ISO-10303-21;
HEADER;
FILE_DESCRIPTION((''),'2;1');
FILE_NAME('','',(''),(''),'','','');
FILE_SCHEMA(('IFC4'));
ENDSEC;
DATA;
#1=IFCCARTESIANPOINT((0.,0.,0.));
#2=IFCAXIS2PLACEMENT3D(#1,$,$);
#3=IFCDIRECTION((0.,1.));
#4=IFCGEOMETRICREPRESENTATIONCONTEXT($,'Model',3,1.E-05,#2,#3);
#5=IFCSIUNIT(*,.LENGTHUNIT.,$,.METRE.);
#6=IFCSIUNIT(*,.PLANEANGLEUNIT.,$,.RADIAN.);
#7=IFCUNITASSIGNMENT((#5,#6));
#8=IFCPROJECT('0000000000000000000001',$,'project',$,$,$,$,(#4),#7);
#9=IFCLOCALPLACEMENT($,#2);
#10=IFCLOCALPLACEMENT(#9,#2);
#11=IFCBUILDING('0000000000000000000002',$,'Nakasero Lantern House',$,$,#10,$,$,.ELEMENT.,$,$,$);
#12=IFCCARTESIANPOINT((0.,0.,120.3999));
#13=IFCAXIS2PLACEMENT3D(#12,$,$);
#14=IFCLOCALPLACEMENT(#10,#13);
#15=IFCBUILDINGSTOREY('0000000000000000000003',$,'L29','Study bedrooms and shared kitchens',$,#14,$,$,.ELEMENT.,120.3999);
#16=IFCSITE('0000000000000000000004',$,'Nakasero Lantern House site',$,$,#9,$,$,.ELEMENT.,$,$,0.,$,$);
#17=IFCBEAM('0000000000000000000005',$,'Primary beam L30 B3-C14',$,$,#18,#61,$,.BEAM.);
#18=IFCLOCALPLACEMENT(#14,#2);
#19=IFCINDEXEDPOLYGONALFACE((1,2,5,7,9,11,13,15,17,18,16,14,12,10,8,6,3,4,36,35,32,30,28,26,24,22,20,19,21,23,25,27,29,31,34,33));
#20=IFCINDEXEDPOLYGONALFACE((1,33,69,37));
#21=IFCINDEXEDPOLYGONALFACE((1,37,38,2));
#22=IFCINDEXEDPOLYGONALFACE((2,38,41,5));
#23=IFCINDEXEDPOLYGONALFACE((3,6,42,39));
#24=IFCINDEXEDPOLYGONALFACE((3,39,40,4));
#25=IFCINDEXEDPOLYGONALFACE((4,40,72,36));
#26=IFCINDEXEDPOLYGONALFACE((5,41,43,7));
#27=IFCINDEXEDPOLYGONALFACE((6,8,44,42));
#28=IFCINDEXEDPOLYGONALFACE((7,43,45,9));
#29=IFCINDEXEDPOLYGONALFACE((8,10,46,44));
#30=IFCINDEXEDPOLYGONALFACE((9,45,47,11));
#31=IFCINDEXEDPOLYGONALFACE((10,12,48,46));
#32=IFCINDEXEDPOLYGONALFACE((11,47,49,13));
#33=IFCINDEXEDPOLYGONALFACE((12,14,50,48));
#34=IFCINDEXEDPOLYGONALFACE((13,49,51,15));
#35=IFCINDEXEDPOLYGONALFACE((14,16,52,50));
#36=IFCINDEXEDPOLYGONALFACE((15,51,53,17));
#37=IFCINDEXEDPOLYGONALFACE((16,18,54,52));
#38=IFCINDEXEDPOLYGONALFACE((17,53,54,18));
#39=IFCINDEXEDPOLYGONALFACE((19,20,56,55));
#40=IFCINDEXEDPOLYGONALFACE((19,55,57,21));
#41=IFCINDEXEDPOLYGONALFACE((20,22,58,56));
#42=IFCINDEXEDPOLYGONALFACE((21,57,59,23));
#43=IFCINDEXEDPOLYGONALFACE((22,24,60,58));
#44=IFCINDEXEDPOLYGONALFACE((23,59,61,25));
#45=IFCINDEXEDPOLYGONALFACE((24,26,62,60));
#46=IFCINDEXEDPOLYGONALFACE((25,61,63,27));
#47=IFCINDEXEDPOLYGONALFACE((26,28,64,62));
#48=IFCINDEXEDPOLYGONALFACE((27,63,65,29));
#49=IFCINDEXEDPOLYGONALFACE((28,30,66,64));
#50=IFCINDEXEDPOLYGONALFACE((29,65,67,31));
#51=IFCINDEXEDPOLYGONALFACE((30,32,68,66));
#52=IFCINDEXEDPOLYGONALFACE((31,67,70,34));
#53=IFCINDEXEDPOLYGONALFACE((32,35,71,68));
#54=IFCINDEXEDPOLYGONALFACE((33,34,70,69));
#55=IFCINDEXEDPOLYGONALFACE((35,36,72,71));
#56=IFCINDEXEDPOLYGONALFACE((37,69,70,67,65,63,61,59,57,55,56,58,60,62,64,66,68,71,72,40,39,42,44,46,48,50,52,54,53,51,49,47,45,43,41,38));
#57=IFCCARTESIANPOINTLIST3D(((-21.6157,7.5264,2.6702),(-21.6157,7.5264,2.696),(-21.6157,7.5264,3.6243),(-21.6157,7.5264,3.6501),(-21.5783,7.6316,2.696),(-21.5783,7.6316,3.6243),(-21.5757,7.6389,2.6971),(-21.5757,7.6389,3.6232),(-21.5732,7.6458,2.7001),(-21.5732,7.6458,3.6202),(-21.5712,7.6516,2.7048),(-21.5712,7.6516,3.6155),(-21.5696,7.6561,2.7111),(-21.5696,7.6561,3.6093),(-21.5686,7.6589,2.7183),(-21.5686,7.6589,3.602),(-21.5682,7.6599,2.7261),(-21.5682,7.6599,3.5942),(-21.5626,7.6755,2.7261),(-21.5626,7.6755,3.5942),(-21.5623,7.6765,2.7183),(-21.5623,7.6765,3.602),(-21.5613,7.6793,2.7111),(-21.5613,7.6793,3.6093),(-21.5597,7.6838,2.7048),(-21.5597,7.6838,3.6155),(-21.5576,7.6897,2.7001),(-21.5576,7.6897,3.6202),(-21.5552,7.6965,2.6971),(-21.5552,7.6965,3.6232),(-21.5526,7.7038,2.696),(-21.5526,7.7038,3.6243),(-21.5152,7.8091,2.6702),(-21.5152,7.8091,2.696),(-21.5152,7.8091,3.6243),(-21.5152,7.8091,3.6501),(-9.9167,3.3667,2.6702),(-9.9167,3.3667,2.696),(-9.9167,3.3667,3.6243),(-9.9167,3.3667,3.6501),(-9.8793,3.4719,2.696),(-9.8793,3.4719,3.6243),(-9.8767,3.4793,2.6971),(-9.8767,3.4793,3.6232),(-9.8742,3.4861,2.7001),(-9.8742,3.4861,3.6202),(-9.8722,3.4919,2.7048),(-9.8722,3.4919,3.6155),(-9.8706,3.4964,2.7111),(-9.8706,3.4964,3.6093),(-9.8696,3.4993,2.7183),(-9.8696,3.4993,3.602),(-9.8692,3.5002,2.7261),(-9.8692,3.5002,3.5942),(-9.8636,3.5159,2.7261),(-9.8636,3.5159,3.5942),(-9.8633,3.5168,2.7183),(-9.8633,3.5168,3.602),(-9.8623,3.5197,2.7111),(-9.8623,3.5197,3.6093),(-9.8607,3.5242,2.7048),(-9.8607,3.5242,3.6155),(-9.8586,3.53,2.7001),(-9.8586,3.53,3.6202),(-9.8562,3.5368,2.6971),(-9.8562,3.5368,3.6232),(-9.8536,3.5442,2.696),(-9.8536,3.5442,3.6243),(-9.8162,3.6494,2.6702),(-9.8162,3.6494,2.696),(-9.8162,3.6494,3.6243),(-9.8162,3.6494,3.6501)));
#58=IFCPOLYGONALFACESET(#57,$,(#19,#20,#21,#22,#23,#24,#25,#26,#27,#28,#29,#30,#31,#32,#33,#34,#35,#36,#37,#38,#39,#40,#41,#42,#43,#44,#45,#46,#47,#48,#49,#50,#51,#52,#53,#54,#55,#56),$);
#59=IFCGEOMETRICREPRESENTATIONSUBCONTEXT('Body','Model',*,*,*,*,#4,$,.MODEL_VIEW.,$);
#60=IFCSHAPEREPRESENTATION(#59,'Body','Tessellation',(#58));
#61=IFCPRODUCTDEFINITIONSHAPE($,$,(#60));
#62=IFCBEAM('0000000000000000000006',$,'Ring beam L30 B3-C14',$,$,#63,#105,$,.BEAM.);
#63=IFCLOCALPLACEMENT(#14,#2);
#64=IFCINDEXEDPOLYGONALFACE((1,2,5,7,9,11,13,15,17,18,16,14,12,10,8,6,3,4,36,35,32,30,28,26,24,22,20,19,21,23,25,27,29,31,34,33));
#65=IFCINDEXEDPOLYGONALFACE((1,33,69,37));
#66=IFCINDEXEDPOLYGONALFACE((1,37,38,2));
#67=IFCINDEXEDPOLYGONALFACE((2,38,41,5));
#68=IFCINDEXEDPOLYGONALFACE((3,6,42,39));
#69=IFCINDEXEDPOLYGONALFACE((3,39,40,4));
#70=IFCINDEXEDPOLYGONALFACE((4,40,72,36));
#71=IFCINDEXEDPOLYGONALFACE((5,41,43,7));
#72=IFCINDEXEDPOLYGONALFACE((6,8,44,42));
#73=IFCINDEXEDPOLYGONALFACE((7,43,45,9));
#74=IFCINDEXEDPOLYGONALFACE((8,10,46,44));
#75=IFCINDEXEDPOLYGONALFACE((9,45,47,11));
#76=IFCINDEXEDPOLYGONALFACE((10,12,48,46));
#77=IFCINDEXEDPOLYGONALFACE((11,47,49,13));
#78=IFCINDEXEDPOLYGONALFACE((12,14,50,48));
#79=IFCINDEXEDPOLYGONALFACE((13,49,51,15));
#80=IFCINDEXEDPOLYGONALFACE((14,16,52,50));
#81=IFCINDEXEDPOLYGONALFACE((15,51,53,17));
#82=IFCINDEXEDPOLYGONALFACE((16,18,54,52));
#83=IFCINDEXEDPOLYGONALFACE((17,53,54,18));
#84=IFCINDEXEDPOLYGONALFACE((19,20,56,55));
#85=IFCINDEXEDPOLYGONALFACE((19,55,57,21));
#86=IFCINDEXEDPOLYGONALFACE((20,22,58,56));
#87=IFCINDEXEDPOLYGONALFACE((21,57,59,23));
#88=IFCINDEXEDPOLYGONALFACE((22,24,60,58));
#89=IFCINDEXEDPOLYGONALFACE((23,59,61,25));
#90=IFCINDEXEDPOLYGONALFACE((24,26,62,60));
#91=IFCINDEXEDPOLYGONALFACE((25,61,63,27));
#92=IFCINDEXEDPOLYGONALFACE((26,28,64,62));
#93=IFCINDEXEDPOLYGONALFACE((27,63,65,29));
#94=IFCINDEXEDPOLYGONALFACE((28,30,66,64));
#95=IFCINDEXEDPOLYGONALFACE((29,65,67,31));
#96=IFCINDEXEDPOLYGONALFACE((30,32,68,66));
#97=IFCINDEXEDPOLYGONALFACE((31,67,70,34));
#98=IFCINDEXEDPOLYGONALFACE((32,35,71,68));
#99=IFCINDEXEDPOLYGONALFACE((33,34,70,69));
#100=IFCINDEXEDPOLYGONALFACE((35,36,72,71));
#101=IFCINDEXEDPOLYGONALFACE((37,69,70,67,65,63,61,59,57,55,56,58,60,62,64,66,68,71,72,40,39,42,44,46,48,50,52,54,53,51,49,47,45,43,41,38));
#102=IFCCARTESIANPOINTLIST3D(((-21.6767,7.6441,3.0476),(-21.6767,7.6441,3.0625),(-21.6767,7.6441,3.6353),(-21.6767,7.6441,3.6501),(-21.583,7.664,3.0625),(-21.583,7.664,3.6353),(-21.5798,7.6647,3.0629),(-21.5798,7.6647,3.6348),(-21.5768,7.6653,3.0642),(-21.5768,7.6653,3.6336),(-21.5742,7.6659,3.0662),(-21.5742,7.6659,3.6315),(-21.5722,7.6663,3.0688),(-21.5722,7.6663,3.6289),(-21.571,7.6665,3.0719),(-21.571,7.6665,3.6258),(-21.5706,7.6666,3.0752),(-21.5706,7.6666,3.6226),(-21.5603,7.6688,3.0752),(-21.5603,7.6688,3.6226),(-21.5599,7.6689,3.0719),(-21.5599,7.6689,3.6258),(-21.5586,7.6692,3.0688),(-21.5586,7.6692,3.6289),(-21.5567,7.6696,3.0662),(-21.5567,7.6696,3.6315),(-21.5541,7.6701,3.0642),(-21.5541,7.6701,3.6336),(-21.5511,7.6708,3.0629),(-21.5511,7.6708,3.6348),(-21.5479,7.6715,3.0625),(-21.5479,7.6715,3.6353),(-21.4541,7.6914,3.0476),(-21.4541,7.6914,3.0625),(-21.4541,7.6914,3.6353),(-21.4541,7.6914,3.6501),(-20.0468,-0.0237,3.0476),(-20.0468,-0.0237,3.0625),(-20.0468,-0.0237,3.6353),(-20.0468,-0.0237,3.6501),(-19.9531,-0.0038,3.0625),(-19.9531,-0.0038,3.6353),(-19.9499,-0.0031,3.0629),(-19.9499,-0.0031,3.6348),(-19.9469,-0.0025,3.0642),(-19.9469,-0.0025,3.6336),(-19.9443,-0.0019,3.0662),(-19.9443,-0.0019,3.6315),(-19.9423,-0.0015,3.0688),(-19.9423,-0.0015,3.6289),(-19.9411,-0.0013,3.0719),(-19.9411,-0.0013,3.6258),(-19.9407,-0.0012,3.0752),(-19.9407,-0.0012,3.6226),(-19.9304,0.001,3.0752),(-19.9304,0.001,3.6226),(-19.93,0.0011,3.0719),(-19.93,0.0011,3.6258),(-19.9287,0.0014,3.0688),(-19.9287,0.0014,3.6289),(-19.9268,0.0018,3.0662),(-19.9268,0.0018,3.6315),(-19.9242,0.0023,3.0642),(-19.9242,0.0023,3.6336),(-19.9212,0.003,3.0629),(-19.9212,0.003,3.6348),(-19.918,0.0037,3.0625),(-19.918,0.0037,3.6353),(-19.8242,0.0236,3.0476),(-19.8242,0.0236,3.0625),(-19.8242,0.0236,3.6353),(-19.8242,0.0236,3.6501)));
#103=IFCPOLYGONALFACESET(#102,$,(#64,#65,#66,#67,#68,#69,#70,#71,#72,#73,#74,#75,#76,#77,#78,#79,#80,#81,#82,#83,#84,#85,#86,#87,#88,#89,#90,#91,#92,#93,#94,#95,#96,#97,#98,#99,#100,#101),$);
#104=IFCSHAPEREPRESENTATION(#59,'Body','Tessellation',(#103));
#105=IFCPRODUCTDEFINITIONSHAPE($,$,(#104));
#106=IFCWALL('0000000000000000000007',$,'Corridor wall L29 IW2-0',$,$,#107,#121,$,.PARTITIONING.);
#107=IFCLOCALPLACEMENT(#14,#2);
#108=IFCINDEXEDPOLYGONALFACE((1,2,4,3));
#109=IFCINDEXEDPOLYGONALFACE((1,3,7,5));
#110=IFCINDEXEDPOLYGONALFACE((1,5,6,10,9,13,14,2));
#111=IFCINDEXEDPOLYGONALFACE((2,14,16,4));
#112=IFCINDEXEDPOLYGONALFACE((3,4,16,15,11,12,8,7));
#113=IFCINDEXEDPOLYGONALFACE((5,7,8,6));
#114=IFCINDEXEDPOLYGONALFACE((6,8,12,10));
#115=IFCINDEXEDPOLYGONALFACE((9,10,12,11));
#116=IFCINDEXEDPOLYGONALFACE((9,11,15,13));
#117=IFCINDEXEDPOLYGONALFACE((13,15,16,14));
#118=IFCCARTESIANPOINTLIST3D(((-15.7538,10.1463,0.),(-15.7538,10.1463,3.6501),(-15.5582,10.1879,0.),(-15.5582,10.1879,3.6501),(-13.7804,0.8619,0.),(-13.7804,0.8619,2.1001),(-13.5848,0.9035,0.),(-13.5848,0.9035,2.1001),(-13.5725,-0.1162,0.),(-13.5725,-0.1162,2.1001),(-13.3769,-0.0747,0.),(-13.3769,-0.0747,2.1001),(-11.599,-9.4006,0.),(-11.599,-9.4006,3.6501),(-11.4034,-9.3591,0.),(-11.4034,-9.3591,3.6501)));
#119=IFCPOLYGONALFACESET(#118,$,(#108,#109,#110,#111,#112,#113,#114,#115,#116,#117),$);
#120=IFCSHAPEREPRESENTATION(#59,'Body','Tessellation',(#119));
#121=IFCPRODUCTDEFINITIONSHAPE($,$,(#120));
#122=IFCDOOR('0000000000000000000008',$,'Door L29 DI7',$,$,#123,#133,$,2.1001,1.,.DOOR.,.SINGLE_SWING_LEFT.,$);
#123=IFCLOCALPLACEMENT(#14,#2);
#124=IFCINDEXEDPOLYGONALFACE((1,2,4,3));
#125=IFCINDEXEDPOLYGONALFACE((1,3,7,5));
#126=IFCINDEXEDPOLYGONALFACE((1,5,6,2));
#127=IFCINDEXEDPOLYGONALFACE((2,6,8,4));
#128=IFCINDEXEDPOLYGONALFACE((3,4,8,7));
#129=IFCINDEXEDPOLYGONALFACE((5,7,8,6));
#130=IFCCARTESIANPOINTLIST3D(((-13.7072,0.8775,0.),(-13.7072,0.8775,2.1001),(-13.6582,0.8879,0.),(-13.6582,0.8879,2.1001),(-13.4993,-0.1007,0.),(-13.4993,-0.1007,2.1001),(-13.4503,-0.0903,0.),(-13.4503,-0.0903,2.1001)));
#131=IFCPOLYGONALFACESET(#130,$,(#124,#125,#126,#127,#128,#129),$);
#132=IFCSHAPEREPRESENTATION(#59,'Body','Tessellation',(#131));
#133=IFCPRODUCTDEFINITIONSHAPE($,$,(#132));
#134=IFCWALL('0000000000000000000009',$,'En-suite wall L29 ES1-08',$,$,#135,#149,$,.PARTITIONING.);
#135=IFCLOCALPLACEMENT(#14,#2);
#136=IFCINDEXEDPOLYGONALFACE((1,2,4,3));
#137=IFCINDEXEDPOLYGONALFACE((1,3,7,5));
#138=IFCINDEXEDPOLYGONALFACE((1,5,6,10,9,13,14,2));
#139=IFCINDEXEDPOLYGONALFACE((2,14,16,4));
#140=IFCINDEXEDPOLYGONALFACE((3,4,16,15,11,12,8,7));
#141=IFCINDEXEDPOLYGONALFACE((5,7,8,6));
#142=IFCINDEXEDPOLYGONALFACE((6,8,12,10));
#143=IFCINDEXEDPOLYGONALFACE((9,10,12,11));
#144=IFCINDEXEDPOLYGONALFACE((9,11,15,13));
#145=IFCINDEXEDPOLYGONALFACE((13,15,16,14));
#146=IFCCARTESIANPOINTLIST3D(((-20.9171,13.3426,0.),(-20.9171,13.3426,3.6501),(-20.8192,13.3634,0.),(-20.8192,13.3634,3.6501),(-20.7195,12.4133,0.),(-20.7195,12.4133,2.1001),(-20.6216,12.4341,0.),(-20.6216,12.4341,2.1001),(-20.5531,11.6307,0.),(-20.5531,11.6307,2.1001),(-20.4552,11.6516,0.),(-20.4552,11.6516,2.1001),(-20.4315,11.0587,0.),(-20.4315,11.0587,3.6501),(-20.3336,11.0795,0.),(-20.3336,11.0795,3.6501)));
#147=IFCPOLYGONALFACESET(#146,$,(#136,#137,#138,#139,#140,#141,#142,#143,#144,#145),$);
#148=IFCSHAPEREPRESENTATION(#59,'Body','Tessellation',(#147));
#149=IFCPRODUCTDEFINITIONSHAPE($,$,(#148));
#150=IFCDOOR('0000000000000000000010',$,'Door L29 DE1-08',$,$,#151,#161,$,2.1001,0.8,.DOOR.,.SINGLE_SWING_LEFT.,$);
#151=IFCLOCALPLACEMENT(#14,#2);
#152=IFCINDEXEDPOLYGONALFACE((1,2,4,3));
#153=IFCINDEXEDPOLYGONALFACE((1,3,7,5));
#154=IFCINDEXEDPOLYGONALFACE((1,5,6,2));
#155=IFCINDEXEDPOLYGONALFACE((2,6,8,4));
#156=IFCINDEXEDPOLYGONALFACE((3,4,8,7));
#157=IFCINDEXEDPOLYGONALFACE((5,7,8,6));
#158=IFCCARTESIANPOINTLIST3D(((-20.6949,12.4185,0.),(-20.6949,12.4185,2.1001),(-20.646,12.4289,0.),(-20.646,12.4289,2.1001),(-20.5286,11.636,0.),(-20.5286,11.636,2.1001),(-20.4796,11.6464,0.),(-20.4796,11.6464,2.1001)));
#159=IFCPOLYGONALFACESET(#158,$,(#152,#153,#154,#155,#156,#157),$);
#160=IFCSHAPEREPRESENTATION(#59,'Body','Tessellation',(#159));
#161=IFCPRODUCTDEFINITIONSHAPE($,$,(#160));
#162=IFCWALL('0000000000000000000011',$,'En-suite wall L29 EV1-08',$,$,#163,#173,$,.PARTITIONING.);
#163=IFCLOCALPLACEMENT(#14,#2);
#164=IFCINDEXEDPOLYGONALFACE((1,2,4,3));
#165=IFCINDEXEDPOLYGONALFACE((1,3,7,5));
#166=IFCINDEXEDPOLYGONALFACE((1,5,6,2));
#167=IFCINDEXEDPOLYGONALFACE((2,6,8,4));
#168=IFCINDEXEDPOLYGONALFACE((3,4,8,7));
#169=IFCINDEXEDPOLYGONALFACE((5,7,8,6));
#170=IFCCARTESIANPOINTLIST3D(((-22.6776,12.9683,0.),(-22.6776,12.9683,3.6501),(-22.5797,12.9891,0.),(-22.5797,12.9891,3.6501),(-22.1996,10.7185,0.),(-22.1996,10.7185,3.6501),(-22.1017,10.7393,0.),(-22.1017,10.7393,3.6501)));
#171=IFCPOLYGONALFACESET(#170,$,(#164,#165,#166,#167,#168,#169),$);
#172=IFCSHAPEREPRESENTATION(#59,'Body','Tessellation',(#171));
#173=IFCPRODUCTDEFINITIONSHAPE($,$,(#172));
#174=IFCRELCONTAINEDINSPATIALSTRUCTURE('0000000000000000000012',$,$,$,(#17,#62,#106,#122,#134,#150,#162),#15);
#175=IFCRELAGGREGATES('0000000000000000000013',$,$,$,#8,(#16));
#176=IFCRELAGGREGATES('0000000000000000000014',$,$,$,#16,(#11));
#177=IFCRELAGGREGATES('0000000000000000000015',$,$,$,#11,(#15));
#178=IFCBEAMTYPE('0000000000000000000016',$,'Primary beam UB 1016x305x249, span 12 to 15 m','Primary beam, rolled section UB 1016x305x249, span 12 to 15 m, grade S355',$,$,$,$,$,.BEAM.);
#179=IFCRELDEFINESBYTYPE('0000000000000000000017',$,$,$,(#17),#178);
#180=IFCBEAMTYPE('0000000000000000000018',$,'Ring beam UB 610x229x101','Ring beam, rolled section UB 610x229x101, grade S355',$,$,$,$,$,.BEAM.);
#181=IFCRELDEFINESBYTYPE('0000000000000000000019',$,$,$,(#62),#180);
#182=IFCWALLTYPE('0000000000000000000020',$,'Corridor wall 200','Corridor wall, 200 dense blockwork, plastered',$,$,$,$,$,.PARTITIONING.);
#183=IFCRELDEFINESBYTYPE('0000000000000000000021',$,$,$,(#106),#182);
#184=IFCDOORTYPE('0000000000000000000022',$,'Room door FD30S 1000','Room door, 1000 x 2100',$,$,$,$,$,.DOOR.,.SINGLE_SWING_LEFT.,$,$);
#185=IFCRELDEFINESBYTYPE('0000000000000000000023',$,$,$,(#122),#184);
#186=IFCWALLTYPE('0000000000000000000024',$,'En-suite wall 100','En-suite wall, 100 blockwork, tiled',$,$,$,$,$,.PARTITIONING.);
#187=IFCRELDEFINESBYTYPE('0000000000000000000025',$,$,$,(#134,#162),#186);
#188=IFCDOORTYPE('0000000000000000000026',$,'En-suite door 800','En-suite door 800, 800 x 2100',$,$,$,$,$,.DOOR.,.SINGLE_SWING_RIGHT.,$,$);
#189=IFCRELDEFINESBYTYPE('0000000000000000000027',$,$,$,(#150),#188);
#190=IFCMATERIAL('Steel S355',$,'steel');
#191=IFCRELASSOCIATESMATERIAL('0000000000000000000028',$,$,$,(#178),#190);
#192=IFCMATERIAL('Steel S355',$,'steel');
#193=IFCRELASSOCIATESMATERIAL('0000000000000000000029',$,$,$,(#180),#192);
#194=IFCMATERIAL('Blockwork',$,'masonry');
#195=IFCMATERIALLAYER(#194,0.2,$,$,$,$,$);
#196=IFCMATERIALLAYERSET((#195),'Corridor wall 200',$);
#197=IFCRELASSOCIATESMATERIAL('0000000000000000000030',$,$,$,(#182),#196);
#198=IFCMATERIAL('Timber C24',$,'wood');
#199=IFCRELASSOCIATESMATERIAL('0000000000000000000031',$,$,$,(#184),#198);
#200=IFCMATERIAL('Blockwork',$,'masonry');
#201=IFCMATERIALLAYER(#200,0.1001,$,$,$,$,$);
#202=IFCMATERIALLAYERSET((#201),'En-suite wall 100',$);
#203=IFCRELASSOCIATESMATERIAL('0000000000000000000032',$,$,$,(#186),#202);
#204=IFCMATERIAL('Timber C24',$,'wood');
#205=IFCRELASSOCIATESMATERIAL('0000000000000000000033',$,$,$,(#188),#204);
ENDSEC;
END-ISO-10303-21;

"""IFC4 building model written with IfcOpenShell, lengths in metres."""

from ifc_helpers import new_model, si_unit, direction, frame, frame_2d, origin, origin_2d, place, context, subcontext, project, spatial, rectangle, i_section, extrude, material, layer, layer_set, material_profile, profile_set, type_object, element, fill, save


model = new_model("IFC4")

# Units and contexts
model_context = context("Model", 3, precision=1e-05, world=origin(), true_north=direction((0.0, 1.0)))
body_context = subcontext(model_context, "Body", "Model", "MODEL_VIEW")
ifc_project = project(units=[si_unit("LENGTHUNIT", "METRE"), si_unit("PLANEANGLEUNIT", "RADIAN")], contexts=[model_context])

# Site, building, storey
site_placement = place(None, origin())
site = spatial("IfcSite", under=ifc_project, at=site_placement, Name="Nakasero Lantern House site", CompositionType="ELEMENT", RefElevation=0.0)
building_placement = place(site_placement, origin())
building = spatial("IfcBuilding", under=site, at=building_placement, Name="Nakasero Lantern House", CompositionType="ELEMENT")
storey_placement = place(building_placement, frame((0.0, 0.0, 120.3999)))
storey = spatial("IfcBuildingStorey", under=building, at=storey_placement, Name="L29", Description="Study bedrooms and shared kitchens", CompositionType="ELEMENT", Elevation=120.3999)

# Beams
ifc_material_1 = material(Name="Steel S355", Category="steel")
ifc_material_profile_1 = material_profile(ifc_material_1, i_section(OverallWidth=0.3, OverallDepth=0.98, WebThickness=0.0166, FlangeThickness=0.0259, FilletRadius=0.03, at=origin_2d()), Name="UB 1016x305x249")
ifc_profile_set_1 = profile_set([ifc_material_profile_1], Name="Steel S355")
beam_type_1 = type_object("IfcBeamType", Name="Primary beam UB 1016x305x249, span 12 to 15 m", Description="Primary beam, rolled section UB 1016x305x249, span 12 to 15 m, grade S355", PredefinedType="BEAM", material=ifc_profile_set_1)
beam_1_placement = place(storey_placement, frame((-21.5654, 7.6677, 3.1602), z_axis=(0.942214, -0.335012, 0.0), x_axis=(0.335012, 0.942214, 0.0)))
element("IfcBeam", 1, at=beam_1_placement, inside=storey, type_object=beam_type_1, Name="Primary beam L30 B3-C14", PredefinedType="BEAM", context=body_context, shape_type="SweptSolid", body=[
    extrude(i_section(OverallWidth=0.3, OverallDepth=0.98, WebThickness=0.0166, FlangeThickness=0.0259, FilletRadius=0.03, at=origin_2d()), origin(), (0.0, 0.0, 1.0), 12.4165),
])
ifc_material_2 = material(Name="Steel S355", Category="steel")
ifc_material_profile_2 = material_profile(ifc_material_2, i_section(OverallWidth=0.2275, OverallDepth=0.6025, WebThickness=0.0105, FlangeThickness=0.0149, FilletRadius=0.0127, at=origin_2d()), Name="UB 610x229x101")
ifc_profile_set_2 = profile_set([ifc_material_profile_2], Name="Steel S355")
beam_type_2 = type_object("IfcBeamType", Name="Ring beam UB 610x229x101", Description="Ring beam, rolled section UB 610x229x101, grade S355", PredefinedType="BEAM", material=ifc_profile_set_2)
beam_2_placement = place(storey_placement, frame((-21.5654, 7.6677, 3.3489), z_axis=(0.207919, -0.978146, 0.0), x_axis=(0.978146, 0.207919, 0.0)))
element("IfcBeam", 2, at=beam_2_placement, inside=storey, type_object=beam_type_2, Name="Ring beam L30 B3-C14", PredefinedType="BEAM", context=body_context, shape_type="SweptSolid", body=[
    extrude(i_section(OverallWidth=0.2275, OverallDepth=0.6025, WebThickness=0.0105, FlangeThickness=0.0149, FilletRadius=0.0127, at=origin_2d()), origin(), (0.0, 0.0, 1.0), 7.8391),
])

# Walls, openings, doors
ifc_material_3 = material(Name="Blockwork", Category="masonry")
ifc_layer_1 = layer(ifc_material_3, 0.2)
ifc_layer_set_1 = layer_set([ifc_layer_1], Name="Corridor wall 200")
wall_type_1 = type_object("IfcWallType", Name="Corridor wall 200", Description="Corridor wall, 200 dense blockwork, plastered", PredefinedType="PARTITIONING", material=ifc_layer_set_1)
wall_1_placement = place(storey_placement, frame((-15.656, 10.167, 0.0), z_axis=(0.0, 0.0, 1.0), x_axis=(0.20791, -0.978148, 0.0)))
wall_1 = element("IfcWall", 3, at=wall_1_placement, inside=storey, type_object=wall_type_1, Name="Corridor wall L29 IW2-0", PredefinedType="PARTITIONING", context=body_context, shape_type="SweptSolid", body=[
    extrude(rectangle(XDim=19.9836, YDim=0.2, at=frame_2d((9.9917, 0.0))), origin(), (0.0, 0.0, 1.0), 3.6501),
])
opening_1_placement = place(wall_1_placement, frame((9.4917, 0.0, 0.0)))
opening_1 = element("IfcOpeningElement", 4, at=opening_1_placement, cuts=wall_1, PredefinedType="OPENING", context=body_context, shape_type="SweptSolid", body=[
    extrude(rectangle(XDim=1.0, YDim=2.1001, at=frame_2d((0.5, 1.05))), frame((0.0, 0.1199, 0.0), z_axis=(0.0, -1.0, 0.0), x_axis=(1.0, 0.0, 0.0)), (0.0, 0.0, 1.0), 0.24),
])
ifc_material_4 = material(Name="Timber C24", Category="wood")
door_type_1 = type_object("IfcDoorType", Name="Room door FD30S 1000", Description="Room door, 1000 x 2100", OperationType="SINGLE_SWING_LEFT", PredefinedType="DOOR", material=ifc_material_4)
door_1_placement = place(opening_1_placement, origin())
door_1 = element("IfcDoor", 5, at=door_1_placement, inside=storey, type_object=door_type_1, Name="Door L29 DI7", OperationType="SINGLE_SWING_LEFT", OverallHeight=2.1001, OverallWidth=1.0, PredefinedType="DOOR", context=body_context, shape_type="SweptSolid", body=[
    extrude(rectangle(XDim=1.0, YDim=2.1001, at=frame_2d((0.5, 1.05))), frame((0.0, 0.0249, 0.0), z_axis=(0.0, -1.0, 0.0), x_axis=(1.0, 0.0, 0.0)), (0.0, 0.0, 1.0), 0.05),
])
fill(opening_1, door_1)
ifc_material_5 = material(Name="Blockwork", Category="masonry")
ifc_layer_2 = layer(ifc_material_5, 0.1001)
ifc_layer_set_2 = layer_set([ifc_layer_2], Name="En-suite wall 100")
wall_type_2 = type_object("IfcWallType", Name="En-suite wall 100", Description="En-suite wall, 100 blockwork, tiled", PredefinedType="PARTITIONING", material=ifc_layer_set_2)
wall_2_placement = place(storey_placement, frame((-20.3826, 11.0691, 0.0), z_axis=(0.0, 0.0, 1.0), x_axis=(-0.207965, 0.978136, 0.0)))
wall_2 = element("IfcWall", 6, at=wall_2_placement, inside=storey, type_object=wall_type_2, Name="En-suite wall L29 ES1-08", PredefinedType="PARTITIONING", context=body_context, shape_type="SweptSolid", body=[
    extrude(rectangle(XDim=2.335, YDim=0.1001, at=frame_2d((1.1675, 0.0))), origin(), (0.0, 0.0, 1.0), 3.6501),
])
opening_2_placement = place(wall_2_placement, frame((0.585, 0.0, 0.0)))
opening_2 = element("IfcOpeningElement", 7, at=opening_2_placement, cuts=wall_2, PredefinedType="OPENING", context=body_context, shape_type="SweptSolid", body=[
    extrude(rectangle(XDim=0.8, YDim=2.1001, at=frame_2d((0.3999, 1.05))), frame((0.0, 0.0701, 0.0), z_axis=(0.0, -1.0, 0.0), x_axis=(1.0, 0.0, 0.0)), (0.0, 0.0, 1.0), 0.1401),
])
ifc_material_6 = material(Name="Timber C24", Category="wood")
door_type_2 = type_object("IfcDoorType", Name="En-suite door 800", Description="En-suite door 800, 800 x 2100", OperationType="SINGLE_SWING_RIGHT", PredefinedType="DOOR", material=ifc_material_6)
door_2_placement = place(opening_2_placement, origin())
door_2 = element("IfcDoor", 8, at=door_2_placement, inside=storey, type_object=door_type_2, Name="Door L29 DE1-08", OperationType="SINGLE_SWING_LEFT", OverallHeight=2.1001, OverallWidth=0.8, PredefinedType="DOOR", context=body_context, shape_type="SweptSolid", body=[
    extrude(rectangle(XDim=0.8, YDim=2.1001, at=frame_2d((0.3999, 1.05))), frame((0.0, 0.0249, 0.0), z_axis=(0.0, -1.0, 0.0), x_axis=(1.0, 0.0, 0.0)), (0.0, 0.0, 1.0), 0.05),
])
fill(opening_2, door_2)

# Wall
wall_3_placement = place(storey_placement, frame((-22.1506, 10.729, 0.0), z_axis=(0.0, 0.0, 1.0), x_axis=(-0.20784, 0.978163, 0.0)))
element("IfcWall", 9, at=wall_3_placement, inside=storey, type_object=wall_type_2, Name="En-suite wall L29 EV1-08", PredefinedType="PARTITIONING", context=body_context, shape_type="SweptSolid", body=[
    extrude(rectangle(XDim=2.3, YDim=0.1001, at=frame_2d((1.1499, 0.0))), origin(), (0.0, 0.0, 1.0), 3.6501),
])

save(model, "model.ifc")
